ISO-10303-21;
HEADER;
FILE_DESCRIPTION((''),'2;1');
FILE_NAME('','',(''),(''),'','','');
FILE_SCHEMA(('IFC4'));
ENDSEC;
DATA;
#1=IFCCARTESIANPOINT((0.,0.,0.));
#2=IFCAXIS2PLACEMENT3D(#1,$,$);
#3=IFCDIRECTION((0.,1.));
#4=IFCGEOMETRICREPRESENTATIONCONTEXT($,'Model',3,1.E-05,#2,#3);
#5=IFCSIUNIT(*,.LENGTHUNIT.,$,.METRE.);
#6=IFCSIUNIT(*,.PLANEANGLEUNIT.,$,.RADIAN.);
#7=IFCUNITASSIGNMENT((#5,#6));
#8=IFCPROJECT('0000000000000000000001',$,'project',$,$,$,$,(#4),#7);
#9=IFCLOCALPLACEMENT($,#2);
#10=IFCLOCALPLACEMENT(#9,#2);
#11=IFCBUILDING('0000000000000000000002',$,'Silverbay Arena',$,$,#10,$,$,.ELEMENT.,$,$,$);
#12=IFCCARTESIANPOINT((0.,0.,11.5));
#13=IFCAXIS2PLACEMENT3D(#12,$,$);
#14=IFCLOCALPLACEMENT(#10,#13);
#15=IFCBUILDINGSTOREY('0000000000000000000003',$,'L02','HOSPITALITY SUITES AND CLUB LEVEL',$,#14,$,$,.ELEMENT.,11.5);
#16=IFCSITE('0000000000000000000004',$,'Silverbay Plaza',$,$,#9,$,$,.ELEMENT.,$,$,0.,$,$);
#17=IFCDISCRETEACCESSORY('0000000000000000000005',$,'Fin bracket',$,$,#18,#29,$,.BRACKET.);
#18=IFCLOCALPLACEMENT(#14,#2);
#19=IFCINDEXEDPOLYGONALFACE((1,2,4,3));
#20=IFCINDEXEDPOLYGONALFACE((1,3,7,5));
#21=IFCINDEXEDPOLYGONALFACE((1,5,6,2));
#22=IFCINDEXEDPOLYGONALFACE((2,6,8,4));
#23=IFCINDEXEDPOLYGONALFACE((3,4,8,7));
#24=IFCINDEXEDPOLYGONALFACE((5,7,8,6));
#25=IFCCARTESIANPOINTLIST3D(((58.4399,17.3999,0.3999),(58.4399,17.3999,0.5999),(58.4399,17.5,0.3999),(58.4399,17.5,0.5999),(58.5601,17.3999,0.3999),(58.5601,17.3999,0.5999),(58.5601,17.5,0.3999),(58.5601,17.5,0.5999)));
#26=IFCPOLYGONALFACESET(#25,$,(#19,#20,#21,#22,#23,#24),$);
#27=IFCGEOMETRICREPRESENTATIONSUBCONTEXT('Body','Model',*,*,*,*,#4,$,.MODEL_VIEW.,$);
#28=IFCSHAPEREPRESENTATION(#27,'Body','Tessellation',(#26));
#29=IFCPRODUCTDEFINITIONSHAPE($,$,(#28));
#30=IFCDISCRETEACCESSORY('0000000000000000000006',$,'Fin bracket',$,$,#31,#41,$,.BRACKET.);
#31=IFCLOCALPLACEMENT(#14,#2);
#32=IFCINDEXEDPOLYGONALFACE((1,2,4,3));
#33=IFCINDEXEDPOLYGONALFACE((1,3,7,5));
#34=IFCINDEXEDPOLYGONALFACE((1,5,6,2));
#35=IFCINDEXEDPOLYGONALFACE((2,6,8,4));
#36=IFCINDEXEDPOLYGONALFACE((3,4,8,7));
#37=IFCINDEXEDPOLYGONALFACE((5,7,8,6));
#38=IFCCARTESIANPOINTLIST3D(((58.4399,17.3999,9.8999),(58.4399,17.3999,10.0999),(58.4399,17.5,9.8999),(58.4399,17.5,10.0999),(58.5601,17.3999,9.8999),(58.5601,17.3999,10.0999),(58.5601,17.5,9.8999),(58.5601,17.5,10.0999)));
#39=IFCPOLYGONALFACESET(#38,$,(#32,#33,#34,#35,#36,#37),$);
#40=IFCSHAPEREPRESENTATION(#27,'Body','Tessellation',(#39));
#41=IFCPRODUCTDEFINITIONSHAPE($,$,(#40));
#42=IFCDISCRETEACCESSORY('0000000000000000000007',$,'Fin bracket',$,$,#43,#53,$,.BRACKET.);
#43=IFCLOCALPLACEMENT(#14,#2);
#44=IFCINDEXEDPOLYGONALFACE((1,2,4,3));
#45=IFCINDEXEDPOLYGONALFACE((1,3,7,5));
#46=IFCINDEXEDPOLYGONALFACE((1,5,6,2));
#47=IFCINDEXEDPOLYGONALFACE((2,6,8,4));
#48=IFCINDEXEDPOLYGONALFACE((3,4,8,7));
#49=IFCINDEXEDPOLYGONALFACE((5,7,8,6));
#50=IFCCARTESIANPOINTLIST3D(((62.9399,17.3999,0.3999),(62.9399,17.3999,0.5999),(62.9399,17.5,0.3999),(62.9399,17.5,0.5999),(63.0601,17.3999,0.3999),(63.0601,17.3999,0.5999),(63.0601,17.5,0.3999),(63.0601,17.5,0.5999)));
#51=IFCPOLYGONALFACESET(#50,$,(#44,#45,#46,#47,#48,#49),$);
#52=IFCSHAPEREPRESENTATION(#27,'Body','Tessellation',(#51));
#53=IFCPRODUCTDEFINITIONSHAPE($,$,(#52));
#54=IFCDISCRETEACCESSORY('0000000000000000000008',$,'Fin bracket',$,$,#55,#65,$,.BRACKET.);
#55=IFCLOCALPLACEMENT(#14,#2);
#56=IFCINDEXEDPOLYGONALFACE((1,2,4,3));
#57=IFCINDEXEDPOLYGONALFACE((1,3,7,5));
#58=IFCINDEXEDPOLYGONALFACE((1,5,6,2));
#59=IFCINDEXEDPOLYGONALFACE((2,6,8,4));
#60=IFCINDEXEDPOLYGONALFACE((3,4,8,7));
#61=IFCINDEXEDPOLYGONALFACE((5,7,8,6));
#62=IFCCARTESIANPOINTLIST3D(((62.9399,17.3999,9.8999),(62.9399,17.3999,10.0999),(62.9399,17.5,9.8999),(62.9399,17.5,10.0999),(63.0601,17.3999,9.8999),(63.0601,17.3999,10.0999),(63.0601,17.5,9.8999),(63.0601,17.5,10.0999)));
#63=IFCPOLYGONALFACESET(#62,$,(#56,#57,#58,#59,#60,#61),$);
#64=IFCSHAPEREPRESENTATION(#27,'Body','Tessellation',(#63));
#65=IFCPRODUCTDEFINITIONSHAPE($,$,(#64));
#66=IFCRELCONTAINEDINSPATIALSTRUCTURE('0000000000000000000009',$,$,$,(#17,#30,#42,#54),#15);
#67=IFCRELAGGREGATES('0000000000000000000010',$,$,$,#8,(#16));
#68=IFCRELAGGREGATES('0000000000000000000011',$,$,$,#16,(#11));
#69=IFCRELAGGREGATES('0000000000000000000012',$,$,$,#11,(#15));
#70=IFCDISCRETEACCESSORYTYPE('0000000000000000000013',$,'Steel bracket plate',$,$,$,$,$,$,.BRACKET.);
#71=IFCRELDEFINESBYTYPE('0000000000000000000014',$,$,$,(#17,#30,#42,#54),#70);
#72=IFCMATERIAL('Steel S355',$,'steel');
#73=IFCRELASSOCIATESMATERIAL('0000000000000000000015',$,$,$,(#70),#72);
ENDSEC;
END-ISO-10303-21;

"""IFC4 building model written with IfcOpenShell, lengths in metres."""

from ifc_helpers import new_model, si_unit, direction, frame, origin, origin_2d, place, context, subcontext, project, spatial, rectangle, extrude, material, type_object, element, save


model = new_model("IFC4")

# Units and contexts
model_context = context("Model", 3, precision=1e-05, world=origin(), true_north=direction((0.0, 1.0)))
body_context = subcontext(model_context, "Body", "Model", "MODEL_VIEW")
ifc_project = project(units=[si_unit("LENGTHUNIT", "METRE"), si_unit("PLANEANGLEUNIT", "RADIAN")], contexts=[model_context])

# Site, building, storey
site_placement = place(None, origin())
site = spatial("IfcSite", under=ifc_project, at=site_placement, Name="Silverbay Plaza", CompositionType="ELEMENT", RefElevation=0.0)
building_placement = place(site_placement, origin())
building = spatial("IfcBuilding", under=site, at=building_placement, Name="Silverbay Arena", CompositionType="ELEMENT")
storey_placement = place(building_placement, frame((0.0, 0.0, 11.5)))
storey = spatial("IfcBuildingStorey", under=building, at=storey_placement, Name="L02", Description="HOSPITALITY SUITES AND CLUB LEVEL", CompositionType="ELEMENT", Elevation=11.5)

# Discrete accessories
ifc_material_1 = material(Name="Steel S355", Category="steel")
discrete_accessory_type = type_object("IfcDiscreteAccessoryType", Name="Steel bracket plate", PredefinedType="BRACKET", material=ifc_material_1)
for number, where, z_axis, x_axis, name in (
    (1, (58.5, 17.45, 0.3999), (0.0, 0.0, 1.0), (1.0, 0.0, 0.0), "Fin bracket"),
    (2, (58.5, 17.45, 9.8999), (0.0, 0.0, 1.0), (1.0, 0.0, 0.0), "Fin bracket"),
    (3, (63.0, 17.45, 0.3999), (0.0, 0.0, 1.0), (1.0, 0.0, 0.0), "Fin bracket"),
    (4, (63.0, 17.45, 9.8999), (0.0, 0.0, 1.0), (1.0, 0.0, 0.0), "Fin bracket"),
):
    element("IfcDiscreteAccessory", number, at=place(storey_placement, frame(where, z_axis=z_axis, x_axis=x_axis)), inside=storey, type_object=discrete_accessory_type, Name=name, PredefinedType="BRACKET", context=body_context, shape_type="SweptSolid", body=[
        extrude(rectangle(XDim=0.1201, YDim=0.1001, at=origin_2d()), origin(), (0.0, 0.0, 1.0), 0.2),
    ])

save(model, "model.ifc")
